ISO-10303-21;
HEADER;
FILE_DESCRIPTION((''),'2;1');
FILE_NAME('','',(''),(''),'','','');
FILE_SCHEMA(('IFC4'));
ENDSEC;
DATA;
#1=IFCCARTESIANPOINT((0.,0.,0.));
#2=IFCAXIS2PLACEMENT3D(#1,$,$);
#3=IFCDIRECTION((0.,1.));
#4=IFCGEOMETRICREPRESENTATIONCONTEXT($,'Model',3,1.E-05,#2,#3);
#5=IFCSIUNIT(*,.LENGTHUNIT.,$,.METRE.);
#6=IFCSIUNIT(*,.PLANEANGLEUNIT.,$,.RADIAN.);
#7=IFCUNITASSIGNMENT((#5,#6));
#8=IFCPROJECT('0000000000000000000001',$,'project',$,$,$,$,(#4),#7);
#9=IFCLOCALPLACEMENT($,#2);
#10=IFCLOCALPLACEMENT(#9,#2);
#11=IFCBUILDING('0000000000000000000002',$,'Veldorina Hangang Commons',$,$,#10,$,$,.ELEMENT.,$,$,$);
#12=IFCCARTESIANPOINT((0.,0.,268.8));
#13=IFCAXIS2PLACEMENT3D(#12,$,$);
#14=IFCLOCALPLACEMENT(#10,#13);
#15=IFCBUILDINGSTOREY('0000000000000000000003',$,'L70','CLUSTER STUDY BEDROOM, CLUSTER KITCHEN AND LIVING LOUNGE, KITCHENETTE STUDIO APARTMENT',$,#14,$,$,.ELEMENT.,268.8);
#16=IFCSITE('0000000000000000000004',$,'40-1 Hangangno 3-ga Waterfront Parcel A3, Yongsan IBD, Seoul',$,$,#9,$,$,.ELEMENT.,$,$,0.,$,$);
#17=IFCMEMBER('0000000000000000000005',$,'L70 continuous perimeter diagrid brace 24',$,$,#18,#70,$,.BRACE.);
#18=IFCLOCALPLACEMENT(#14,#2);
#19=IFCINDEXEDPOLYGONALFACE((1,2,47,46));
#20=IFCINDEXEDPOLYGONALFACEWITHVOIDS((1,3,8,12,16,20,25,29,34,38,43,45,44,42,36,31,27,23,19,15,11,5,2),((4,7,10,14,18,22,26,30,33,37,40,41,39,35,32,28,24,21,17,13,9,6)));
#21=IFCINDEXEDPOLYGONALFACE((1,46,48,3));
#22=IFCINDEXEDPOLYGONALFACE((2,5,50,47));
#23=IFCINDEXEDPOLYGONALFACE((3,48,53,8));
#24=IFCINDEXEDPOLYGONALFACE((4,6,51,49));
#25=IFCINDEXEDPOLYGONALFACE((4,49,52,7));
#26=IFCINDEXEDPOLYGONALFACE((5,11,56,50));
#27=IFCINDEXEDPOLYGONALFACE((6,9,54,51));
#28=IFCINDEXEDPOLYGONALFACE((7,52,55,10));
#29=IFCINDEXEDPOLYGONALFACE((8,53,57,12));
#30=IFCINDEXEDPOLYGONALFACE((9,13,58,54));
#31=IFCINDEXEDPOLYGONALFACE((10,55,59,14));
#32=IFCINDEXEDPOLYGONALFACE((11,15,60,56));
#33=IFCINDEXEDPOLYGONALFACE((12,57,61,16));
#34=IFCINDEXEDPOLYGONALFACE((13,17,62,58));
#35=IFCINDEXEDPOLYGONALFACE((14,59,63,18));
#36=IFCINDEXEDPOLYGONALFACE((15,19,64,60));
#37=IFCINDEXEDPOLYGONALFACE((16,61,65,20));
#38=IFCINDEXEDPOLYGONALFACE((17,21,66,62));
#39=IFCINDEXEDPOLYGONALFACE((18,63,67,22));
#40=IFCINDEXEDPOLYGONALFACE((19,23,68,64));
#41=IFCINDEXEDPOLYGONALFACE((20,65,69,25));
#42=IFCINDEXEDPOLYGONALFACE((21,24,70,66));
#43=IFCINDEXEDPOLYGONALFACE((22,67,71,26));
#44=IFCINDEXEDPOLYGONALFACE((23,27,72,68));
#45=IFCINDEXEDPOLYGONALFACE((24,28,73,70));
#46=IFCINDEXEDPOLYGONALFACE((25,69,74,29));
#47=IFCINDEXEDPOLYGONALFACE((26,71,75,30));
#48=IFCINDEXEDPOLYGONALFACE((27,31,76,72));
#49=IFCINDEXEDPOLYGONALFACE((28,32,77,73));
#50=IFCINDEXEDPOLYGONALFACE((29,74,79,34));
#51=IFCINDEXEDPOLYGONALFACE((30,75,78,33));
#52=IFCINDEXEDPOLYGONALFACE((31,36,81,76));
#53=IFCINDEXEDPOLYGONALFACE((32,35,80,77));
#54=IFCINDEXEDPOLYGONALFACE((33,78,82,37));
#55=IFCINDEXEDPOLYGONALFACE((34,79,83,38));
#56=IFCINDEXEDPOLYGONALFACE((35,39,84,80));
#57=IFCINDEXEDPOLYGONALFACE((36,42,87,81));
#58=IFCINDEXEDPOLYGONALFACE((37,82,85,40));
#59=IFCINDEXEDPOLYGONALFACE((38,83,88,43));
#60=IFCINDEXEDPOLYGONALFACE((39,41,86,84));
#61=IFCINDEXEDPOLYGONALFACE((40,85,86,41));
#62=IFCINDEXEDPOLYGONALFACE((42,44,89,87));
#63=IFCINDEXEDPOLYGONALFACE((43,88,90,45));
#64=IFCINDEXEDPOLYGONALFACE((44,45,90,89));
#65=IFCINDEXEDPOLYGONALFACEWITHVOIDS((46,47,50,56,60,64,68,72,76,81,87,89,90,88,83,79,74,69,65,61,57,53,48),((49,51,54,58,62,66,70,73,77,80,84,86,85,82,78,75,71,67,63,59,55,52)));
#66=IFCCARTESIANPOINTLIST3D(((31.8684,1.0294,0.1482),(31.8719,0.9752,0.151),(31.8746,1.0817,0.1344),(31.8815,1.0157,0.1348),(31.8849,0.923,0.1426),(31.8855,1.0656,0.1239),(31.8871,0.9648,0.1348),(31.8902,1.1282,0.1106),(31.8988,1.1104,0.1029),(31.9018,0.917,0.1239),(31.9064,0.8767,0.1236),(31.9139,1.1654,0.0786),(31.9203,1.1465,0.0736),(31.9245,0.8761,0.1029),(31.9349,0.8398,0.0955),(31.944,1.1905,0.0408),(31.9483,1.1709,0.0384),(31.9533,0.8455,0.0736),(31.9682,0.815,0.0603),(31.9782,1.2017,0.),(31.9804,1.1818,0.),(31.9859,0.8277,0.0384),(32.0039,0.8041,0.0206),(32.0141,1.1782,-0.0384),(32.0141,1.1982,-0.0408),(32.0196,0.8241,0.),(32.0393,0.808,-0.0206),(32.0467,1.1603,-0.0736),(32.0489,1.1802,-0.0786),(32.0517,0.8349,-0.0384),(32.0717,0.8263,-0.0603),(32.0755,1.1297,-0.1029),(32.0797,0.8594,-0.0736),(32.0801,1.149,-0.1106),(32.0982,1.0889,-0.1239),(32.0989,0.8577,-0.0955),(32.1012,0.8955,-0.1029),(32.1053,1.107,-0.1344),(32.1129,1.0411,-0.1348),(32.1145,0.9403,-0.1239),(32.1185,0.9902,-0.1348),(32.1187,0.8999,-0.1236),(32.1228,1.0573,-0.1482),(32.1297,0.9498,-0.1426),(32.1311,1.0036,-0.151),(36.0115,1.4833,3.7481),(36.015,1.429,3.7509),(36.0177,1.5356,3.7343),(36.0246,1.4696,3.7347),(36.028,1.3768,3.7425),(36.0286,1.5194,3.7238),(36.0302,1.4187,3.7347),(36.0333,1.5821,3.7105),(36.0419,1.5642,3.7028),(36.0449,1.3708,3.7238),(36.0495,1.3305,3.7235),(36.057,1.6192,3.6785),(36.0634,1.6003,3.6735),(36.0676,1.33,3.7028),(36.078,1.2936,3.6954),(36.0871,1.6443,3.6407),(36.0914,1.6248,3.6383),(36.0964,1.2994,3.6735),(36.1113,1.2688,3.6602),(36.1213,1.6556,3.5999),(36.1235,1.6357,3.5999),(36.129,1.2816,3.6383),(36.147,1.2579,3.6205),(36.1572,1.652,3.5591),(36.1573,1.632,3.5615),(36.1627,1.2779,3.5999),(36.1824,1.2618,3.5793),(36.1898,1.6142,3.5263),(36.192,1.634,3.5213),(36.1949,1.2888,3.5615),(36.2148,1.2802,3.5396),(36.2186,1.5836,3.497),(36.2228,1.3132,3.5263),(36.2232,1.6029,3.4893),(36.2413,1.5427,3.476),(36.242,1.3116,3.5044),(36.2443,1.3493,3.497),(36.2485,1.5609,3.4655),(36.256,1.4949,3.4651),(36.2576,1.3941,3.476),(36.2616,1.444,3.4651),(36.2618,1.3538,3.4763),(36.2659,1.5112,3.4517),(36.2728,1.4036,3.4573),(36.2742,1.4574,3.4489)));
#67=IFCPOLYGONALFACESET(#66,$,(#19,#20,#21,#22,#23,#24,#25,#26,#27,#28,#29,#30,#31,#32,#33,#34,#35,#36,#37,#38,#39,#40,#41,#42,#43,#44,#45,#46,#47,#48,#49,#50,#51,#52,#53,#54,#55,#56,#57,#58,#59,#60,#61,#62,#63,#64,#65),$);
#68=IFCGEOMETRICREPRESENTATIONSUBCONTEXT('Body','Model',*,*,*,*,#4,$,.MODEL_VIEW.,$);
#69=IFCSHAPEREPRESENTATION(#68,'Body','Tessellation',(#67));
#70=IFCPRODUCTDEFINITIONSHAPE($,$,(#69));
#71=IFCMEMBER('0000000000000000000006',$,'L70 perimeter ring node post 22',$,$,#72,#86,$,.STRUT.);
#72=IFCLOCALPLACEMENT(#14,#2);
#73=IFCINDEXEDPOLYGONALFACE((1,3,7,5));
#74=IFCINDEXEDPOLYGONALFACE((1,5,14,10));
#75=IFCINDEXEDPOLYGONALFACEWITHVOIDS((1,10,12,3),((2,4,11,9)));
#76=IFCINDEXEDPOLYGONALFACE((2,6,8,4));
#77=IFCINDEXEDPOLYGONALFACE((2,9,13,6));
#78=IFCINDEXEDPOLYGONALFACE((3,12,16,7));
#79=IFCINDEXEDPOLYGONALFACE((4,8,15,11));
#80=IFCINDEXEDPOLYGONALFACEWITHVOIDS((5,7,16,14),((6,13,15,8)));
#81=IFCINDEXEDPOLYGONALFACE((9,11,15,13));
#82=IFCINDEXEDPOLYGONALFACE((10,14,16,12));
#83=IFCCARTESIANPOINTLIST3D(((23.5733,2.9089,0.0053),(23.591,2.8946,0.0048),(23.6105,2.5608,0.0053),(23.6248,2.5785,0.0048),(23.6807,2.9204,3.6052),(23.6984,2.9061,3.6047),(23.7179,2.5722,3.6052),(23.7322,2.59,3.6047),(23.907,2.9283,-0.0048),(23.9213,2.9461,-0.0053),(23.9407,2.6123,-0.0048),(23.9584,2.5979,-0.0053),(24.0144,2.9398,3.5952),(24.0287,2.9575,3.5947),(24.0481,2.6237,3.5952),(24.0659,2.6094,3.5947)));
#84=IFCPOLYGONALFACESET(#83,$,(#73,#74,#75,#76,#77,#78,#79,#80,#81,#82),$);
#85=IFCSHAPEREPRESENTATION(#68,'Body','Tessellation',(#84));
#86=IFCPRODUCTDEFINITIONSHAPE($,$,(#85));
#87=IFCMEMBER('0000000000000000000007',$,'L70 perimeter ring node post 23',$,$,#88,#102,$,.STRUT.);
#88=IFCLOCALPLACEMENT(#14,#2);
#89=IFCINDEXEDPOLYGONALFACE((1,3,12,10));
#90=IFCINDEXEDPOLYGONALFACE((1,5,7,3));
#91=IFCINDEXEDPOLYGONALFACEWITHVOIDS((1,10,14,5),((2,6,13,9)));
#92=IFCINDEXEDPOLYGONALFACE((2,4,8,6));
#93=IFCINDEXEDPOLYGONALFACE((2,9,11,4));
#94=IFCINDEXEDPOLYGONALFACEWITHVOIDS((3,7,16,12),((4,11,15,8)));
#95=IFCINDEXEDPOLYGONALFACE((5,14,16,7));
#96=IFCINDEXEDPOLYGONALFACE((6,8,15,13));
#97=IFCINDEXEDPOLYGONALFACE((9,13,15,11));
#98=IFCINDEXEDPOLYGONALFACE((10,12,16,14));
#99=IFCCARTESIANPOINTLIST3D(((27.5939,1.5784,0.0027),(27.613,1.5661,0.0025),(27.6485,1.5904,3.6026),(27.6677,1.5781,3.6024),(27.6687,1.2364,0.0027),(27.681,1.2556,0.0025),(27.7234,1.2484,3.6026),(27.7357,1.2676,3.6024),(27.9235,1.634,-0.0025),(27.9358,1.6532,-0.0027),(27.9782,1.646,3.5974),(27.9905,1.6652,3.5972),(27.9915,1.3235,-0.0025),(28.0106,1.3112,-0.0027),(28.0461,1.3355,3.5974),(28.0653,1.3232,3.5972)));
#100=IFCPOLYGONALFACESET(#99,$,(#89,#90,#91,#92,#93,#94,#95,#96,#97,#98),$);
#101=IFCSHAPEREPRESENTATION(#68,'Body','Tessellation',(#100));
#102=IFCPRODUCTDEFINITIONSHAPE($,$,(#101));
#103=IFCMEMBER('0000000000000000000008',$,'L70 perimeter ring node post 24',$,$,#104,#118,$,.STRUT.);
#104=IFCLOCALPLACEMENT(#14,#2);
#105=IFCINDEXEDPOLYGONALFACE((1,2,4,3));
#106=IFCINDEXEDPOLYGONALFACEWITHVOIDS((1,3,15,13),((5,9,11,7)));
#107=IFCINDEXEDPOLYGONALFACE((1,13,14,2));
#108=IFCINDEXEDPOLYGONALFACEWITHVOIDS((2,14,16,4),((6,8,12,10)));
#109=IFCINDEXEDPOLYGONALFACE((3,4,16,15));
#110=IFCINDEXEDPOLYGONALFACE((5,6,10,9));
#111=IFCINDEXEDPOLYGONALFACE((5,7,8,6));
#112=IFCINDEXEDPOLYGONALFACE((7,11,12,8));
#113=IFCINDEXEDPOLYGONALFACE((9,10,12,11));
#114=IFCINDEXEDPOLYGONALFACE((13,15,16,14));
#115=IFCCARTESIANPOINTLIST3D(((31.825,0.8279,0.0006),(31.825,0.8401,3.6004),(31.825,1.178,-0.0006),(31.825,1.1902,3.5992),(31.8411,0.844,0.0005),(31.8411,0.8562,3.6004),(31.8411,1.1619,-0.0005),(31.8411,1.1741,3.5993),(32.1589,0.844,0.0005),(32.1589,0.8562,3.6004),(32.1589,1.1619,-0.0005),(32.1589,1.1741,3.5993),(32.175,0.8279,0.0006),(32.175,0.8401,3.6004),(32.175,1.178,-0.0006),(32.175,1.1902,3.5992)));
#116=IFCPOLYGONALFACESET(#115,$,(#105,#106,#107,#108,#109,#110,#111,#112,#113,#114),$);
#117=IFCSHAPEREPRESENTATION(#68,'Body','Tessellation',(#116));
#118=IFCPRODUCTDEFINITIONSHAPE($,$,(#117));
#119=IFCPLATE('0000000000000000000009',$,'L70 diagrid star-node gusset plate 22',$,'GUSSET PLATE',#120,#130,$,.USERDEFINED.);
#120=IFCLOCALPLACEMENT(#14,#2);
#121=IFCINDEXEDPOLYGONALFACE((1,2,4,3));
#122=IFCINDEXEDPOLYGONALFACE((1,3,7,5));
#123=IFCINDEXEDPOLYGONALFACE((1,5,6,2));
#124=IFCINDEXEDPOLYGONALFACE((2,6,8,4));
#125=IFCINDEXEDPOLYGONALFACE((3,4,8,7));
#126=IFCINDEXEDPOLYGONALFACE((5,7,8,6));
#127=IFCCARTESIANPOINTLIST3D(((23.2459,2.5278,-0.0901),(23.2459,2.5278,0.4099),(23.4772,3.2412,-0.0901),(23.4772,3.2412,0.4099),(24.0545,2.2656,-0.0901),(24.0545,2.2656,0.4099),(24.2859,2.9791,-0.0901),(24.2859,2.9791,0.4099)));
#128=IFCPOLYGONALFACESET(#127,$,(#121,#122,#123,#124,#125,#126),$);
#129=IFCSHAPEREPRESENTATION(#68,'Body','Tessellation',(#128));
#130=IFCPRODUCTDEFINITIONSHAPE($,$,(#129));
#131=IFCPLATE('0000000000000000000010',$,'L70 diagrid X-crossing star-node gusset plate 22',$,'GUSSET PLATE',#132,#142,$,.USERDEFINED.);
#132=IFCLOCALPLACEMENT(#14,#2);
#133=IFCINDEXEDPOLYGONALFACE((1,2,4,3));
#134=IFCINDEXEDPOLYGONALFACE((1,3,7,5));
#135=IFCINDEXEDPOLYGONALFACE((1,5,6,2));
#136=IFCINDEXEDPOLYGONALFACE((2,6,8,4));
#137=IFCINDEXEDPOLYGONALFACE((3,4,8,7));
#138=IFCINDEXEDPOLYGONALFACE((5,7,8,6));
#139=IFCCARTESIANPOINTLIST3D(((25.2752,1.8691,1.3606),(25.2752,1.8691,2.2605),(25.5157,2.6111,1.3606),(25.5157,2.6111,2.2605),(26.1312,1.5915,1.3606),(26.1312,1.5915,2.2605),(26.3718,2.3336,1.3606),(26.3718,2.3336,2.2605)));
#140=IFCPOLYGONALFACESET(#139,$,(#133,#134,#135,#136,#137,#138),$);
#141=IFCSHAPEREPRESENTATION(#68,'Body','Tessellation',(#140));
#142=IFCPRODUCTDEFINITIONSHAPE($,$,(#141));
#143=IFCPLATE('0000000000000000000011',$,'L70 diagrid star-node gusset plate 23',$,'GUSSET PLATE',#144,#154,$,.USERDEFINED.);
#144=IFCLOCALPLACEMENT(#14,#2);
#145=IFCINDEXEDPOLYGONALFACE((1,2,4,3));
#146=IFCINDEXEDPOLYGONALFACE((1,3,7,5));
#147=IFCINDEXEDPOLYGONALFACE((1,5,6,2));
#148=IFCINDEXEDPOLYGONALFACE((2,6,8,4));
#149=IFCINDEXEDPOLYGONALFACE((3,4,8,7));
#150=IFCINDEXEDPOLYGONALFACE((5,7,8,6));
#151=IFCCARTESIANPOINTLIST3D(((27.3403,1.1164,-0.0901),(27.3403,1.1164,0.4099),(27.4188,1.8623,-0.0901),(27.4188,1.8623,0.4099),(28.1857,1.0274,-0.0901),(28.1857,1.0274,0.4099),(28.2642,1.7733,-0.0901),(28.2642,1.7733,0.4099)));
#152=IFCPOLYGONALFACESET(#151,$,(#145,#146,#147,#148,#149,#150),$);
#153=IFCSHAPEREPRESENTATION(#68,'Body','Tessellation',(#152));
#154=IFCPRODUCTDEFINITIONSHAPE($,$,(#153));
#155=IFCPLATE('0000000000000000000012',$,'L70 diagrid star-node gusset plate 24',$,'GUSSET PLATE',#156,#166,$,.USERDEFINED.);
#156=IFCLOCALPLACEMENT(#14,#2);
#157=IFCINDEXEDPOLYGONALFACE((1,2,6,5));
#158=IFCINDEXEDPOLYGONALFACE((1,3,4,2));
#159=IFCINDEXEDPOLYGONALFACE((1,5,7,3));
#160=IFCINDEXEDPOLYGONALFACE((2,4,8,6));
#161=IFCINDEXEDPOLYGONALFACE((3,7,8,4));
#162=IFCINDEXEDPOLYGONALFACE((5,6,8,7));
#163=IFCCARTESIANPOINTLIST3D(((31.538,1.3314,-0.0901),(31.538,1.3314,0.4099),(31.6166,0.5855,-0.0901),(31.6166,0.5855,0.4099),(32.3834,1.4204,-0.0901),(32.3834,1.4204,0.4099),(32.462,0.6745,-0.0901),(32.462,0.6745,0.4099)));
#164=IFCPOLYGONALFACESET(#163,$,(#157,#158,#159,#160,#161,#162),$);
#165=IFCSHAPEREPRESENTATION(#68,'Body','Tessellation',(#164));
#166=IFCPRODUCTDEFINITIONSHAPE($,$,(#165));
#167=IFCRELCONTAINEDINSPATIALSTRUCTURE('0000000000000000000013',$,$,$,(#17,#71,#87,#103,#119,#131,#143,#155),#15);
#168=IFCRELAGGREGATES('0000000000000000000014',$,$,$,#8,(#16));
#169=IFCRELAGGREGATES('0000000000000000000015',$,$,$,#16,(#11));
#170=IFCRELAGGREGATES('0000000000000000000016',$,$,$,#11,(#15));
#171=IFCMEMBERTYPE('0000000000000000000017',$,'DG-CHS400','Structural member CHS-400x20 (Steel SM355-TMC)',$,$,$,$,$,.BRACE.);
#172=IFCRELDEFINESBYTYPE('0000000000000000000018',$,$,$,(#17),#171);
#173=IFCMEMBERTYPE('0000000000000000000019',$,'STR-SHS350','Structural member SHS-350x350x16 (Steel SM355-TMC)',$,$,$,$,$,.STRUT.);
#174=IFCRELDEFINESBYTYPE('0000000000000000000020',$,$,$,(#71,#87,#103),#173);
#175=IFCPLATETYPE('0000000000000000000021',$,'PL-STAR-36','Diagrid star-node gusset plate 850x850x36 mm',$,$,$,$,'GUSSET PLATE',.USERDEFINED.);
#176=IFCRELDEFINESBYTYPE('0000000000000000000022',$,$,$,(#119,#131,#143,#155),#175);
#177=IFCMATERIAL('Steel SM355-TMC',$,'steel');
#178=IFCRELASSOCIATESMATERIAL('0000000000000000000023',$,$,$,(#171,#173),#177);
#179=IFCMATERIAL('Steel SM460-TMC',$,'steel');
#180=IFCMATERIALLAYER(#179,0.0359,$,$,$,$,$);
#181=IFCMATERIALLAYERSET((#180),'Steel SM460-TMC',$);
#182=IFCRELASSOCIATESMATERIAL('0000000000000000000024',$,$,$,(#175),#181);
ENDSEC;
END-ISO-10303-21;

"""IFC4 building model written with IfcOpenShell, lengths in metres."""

from ifc_helpers import new_model, si_unit, direction, frame, origin, origin_2d, place, context, subcontext, project, spatial, rectangle, hollow_rectangle, hollow_circle, extrude, material, layer, layer_set, material_profile, profile_set, type_object, element, save


model = new_model("IFC4")

# Units and contexts
model_context = context("Model", 3, precision=1e-05, world=origin(), true_north=direction((0.0, 1.0)))
body_context = subcontext(model_context, "Body", "Model", "MODEL_VIEW")
ifc_project = project(units=[si_unit("LENGTHUNIT", "METRE"), si_unit("PLANEANGLEUNIT", "RADIAN")], contexts=[model_context])

# Site, building, storey
site_placement = place(None, origin())
site = spatial("IfcSite", under=ifc_project, at=site_placement, Name="40-1 Hangangno 3-ga Waterfront Parcel A3, Yongsan IBD, Seoul", CompositionType="ELEMENT", RefElevation=0.0)
building_placement = place(site_placement, origin())
building = spatial("IfcBuilding", under=site, at=building_placement, Name="Veldorina Hangang Commons", CompositionType="ELEMENT")
storey_placement = place(building_placement, frame((0.0, 0.0, 268.8)))
storey = spatial("IfcBuildingStorey", under=building, at=storey_placement, Name="L70", Description="CLUSTER STUDY BEDROOM, CLUSTER KITCHEN AND LIVING LOUNGE, KITCHENETTE STUDIO APARTMENT", CompositionType="ELEMENT", Elevation=268.8)

# Shared definitions
ifc_material_1 = material(Name="Steel SM355-TMC", Category="steel")

# Members
ifc_material_profile_1 = material_profile(ifc_material_1, hollow_circle(Radius=0.2, WallThickness=0.02, at=origin_2d()), Name="CHS-400x20")
ifc_profile_set_1 = profile_set([ifc_material_profile_1], Name="Steel SM355-TMC")
member_type_1 = type_object("IfcMemberType", Name="DG-CHS400", Description="Structural member CHS-400x20 (Steel SM355-TMC)", PredefinedType="BRACE", material=ifc_profile_set_1)
member_1_placement = place(storey_placement, frame((32.0, 1.0029, 0.0), z_axis=(0.752292, 0.082411, 0.653656), x_axis=(-0.108895, 0.994053, 0.0)))
element("IfcMember", 1, at=member_1_placement, inside=storey, type_object=member_type_1, Name="L70 continuous perimeter diagrid brace 24", PredefinedType="BRACE", context=body_context, shape_type="SweptSolid", body=[
    extrude(hollow_circle(Radius=0.2, WallThickness=0.02, at=origin_2d()), origin(), (0.0, 0.0, 1.0), 5.5073),
])
ifc_material_profile_2 = material_profile(ifc_material_1, hollow_rectangle(XDim=0.3501, YDim=0.3501, WallThickness=0.0161, at=origin_2d()), Name="SHS-350x350x16")
ifc_profile_set_2 = profile_set([ifc_material_profile_2], Name="Steel SM355-TMC")
member_type_2 = type_object("IfcMemberType", Name="STR-SHS350", Description="Structural member SHS-350x350x16 (Steel SM355-TMC)", PredefinedType="STRUT", material=ifc_profile_set_2)
member_2_placement = place(storey_placement, frame((23.7659, 2.7534, 0.0), z_axis=(0.029827, 0.003186, 0.99955), x_axis=(-0.106214, 0.994343, 0.0)))
element("IfcMember", 2, at=member_2_placement, inside=storey, type_object=member_type_2, Name="L70 perimeter ring node post 22", PredefinedType="STRUT", context=body_context, shape_type="SweptSolid", body=[
    extrude(hollow_rectangle(XDim=0.3501, YDim=0.3501, WallThickness=0.0161, at=origin_2d()), origin(), (0.0, 0.0, 1.0), 3.6016),
])
member_3_placement = place(storey_placement, frame((27.8022, 1.4448, 0.0), z_axis=(0.01519, 0.003323, 0.999879), x_axis=(-0.213697, 0.9769, 0.0)))
element("IfcMember", 3, at=member_3_placement, inside=storey, type_object=member_type_2, Name="L70 perimeter ring node post 23", PredefinedType="STRUT", context=body_context, shape_type="SweptSolid", body=[
    extrude(hollow_rectangle(XDim=0.3501, YDim=0.3501, WallThickness=0.0161, at=origin_2d()), origin(), (0.0, 0.0, 1.0), 3.6003),
])
member_4_placement = place(storey_placement, frame((32.0, 1.0029, 0.0), z_axis=(0.0, 0.003391, 0.999994), x_axis=(-1.0, 0.0, 0.0)))
element("IfcMember", 4, at=member_4_placement, inside=storey, type_object=member_type_2, Name="L70 perimeter ring node post 24", PredefinedType="STRUT", context=body_context, shape_type="SweptSolid", body=[
    extrude(hollow_rectangle(XDim=0.3501, YDim=0.3501, WallThickness=0.0161, at=origin_2d()), origin(), (0.0, 0.0, 1.0), 3.5999),
])

# Plates
ifc_material_2 = material(Name="Steel SM460-TMC", Category="steel")
ifc_layer_1 = layer(ifc_material_2, 0.0359)
ifc_layer_set_1 = layer_set([ifc_layer_1], Name="Steel SM460-TMC")
plate_type = type_object("IfcPlateType", Name="PL-STAR-36", Description="Diagrid star-node gusset plate 850x850x36 mm", ElementType="GUSSET PLATE", PredefinedType="USERDEFINED", material=ifc_layer_set_1)
plate_1_placement = place(storey_placement, frame((23.7659, 2.7534, -0.0901), z_axis=(0.0, 0.0, 1.0), x_axis=(0.951256, -0.308403, 0.0)))
element("IfcPlate", 5, at=plate_1_placement, inside=storey, type_object=plate_type, Name="L70 diagrid star-node gusset plate 22", ObjectType="GUSSET PLATE", PredefinedType="USERDEFINED", context=body_context, shape_type="SweptSolid", body=[
    extrude(rectangle(XDim=0.8501, YDim=0.75, at=origin_2d()), origin(), (0.0, 0.0, 1.0), 0.5),
])
plate_2_placement = place(storey_placement, frame((25.8235, 2.1013, 1.3606), z_axis=(0.0, 0.0, 1.0), x_axis=(0.951256, -0.308403, 0.0)))
element("IfcPlate", 6, at=plate_2_placement, inside=storey, type_object=plate_type, Name="L70 diagrid X-crossing star-node gusset plate 22", ObjectType="GUSSET PLATE", PredefinedType="USERDEFINED", context=body_context, shape_type="SweptSolid", body=[
    extrude(rectangle(XDim=0.8999, YDim=0.78, at=origin_2d()), origin(), (0.0, 0.0, 1.0), 0.8999),
])
for number, where, z_axis, x_axis, name in (
    (7, (27.8022, 1.4448, -0.0901), (0.0, 0.0, 1.0), (0.994504, -0.104702, 0.0), "L70 diagrid star-node gusset plate 23"),
    (8, (32.0, 1.0029, -0.0901), (0.0, 0.0, 1.0), (0.994504, 0.104702, 0.0), "L70 diagrid star-node gusset plate 24"),
):
    element("IfcPlate", number, at=place(storey_placement, frame(where, z_axis=z_axis, x_axis=x_axis)), inside=storey, type_object=plate_type, Name=name, ObjectType="GUSSET PLATE", PredefinedType="USERDEFINED", context=body_context, shape_type="SweptSolid", body=[
        extrude(rectangle(XDim=0.8501, YDim=0.75, at=origin_2d()), origin(), (0.0, 0.0, 1.0), 0.5),
    ])

save(model, "model.ifc")
